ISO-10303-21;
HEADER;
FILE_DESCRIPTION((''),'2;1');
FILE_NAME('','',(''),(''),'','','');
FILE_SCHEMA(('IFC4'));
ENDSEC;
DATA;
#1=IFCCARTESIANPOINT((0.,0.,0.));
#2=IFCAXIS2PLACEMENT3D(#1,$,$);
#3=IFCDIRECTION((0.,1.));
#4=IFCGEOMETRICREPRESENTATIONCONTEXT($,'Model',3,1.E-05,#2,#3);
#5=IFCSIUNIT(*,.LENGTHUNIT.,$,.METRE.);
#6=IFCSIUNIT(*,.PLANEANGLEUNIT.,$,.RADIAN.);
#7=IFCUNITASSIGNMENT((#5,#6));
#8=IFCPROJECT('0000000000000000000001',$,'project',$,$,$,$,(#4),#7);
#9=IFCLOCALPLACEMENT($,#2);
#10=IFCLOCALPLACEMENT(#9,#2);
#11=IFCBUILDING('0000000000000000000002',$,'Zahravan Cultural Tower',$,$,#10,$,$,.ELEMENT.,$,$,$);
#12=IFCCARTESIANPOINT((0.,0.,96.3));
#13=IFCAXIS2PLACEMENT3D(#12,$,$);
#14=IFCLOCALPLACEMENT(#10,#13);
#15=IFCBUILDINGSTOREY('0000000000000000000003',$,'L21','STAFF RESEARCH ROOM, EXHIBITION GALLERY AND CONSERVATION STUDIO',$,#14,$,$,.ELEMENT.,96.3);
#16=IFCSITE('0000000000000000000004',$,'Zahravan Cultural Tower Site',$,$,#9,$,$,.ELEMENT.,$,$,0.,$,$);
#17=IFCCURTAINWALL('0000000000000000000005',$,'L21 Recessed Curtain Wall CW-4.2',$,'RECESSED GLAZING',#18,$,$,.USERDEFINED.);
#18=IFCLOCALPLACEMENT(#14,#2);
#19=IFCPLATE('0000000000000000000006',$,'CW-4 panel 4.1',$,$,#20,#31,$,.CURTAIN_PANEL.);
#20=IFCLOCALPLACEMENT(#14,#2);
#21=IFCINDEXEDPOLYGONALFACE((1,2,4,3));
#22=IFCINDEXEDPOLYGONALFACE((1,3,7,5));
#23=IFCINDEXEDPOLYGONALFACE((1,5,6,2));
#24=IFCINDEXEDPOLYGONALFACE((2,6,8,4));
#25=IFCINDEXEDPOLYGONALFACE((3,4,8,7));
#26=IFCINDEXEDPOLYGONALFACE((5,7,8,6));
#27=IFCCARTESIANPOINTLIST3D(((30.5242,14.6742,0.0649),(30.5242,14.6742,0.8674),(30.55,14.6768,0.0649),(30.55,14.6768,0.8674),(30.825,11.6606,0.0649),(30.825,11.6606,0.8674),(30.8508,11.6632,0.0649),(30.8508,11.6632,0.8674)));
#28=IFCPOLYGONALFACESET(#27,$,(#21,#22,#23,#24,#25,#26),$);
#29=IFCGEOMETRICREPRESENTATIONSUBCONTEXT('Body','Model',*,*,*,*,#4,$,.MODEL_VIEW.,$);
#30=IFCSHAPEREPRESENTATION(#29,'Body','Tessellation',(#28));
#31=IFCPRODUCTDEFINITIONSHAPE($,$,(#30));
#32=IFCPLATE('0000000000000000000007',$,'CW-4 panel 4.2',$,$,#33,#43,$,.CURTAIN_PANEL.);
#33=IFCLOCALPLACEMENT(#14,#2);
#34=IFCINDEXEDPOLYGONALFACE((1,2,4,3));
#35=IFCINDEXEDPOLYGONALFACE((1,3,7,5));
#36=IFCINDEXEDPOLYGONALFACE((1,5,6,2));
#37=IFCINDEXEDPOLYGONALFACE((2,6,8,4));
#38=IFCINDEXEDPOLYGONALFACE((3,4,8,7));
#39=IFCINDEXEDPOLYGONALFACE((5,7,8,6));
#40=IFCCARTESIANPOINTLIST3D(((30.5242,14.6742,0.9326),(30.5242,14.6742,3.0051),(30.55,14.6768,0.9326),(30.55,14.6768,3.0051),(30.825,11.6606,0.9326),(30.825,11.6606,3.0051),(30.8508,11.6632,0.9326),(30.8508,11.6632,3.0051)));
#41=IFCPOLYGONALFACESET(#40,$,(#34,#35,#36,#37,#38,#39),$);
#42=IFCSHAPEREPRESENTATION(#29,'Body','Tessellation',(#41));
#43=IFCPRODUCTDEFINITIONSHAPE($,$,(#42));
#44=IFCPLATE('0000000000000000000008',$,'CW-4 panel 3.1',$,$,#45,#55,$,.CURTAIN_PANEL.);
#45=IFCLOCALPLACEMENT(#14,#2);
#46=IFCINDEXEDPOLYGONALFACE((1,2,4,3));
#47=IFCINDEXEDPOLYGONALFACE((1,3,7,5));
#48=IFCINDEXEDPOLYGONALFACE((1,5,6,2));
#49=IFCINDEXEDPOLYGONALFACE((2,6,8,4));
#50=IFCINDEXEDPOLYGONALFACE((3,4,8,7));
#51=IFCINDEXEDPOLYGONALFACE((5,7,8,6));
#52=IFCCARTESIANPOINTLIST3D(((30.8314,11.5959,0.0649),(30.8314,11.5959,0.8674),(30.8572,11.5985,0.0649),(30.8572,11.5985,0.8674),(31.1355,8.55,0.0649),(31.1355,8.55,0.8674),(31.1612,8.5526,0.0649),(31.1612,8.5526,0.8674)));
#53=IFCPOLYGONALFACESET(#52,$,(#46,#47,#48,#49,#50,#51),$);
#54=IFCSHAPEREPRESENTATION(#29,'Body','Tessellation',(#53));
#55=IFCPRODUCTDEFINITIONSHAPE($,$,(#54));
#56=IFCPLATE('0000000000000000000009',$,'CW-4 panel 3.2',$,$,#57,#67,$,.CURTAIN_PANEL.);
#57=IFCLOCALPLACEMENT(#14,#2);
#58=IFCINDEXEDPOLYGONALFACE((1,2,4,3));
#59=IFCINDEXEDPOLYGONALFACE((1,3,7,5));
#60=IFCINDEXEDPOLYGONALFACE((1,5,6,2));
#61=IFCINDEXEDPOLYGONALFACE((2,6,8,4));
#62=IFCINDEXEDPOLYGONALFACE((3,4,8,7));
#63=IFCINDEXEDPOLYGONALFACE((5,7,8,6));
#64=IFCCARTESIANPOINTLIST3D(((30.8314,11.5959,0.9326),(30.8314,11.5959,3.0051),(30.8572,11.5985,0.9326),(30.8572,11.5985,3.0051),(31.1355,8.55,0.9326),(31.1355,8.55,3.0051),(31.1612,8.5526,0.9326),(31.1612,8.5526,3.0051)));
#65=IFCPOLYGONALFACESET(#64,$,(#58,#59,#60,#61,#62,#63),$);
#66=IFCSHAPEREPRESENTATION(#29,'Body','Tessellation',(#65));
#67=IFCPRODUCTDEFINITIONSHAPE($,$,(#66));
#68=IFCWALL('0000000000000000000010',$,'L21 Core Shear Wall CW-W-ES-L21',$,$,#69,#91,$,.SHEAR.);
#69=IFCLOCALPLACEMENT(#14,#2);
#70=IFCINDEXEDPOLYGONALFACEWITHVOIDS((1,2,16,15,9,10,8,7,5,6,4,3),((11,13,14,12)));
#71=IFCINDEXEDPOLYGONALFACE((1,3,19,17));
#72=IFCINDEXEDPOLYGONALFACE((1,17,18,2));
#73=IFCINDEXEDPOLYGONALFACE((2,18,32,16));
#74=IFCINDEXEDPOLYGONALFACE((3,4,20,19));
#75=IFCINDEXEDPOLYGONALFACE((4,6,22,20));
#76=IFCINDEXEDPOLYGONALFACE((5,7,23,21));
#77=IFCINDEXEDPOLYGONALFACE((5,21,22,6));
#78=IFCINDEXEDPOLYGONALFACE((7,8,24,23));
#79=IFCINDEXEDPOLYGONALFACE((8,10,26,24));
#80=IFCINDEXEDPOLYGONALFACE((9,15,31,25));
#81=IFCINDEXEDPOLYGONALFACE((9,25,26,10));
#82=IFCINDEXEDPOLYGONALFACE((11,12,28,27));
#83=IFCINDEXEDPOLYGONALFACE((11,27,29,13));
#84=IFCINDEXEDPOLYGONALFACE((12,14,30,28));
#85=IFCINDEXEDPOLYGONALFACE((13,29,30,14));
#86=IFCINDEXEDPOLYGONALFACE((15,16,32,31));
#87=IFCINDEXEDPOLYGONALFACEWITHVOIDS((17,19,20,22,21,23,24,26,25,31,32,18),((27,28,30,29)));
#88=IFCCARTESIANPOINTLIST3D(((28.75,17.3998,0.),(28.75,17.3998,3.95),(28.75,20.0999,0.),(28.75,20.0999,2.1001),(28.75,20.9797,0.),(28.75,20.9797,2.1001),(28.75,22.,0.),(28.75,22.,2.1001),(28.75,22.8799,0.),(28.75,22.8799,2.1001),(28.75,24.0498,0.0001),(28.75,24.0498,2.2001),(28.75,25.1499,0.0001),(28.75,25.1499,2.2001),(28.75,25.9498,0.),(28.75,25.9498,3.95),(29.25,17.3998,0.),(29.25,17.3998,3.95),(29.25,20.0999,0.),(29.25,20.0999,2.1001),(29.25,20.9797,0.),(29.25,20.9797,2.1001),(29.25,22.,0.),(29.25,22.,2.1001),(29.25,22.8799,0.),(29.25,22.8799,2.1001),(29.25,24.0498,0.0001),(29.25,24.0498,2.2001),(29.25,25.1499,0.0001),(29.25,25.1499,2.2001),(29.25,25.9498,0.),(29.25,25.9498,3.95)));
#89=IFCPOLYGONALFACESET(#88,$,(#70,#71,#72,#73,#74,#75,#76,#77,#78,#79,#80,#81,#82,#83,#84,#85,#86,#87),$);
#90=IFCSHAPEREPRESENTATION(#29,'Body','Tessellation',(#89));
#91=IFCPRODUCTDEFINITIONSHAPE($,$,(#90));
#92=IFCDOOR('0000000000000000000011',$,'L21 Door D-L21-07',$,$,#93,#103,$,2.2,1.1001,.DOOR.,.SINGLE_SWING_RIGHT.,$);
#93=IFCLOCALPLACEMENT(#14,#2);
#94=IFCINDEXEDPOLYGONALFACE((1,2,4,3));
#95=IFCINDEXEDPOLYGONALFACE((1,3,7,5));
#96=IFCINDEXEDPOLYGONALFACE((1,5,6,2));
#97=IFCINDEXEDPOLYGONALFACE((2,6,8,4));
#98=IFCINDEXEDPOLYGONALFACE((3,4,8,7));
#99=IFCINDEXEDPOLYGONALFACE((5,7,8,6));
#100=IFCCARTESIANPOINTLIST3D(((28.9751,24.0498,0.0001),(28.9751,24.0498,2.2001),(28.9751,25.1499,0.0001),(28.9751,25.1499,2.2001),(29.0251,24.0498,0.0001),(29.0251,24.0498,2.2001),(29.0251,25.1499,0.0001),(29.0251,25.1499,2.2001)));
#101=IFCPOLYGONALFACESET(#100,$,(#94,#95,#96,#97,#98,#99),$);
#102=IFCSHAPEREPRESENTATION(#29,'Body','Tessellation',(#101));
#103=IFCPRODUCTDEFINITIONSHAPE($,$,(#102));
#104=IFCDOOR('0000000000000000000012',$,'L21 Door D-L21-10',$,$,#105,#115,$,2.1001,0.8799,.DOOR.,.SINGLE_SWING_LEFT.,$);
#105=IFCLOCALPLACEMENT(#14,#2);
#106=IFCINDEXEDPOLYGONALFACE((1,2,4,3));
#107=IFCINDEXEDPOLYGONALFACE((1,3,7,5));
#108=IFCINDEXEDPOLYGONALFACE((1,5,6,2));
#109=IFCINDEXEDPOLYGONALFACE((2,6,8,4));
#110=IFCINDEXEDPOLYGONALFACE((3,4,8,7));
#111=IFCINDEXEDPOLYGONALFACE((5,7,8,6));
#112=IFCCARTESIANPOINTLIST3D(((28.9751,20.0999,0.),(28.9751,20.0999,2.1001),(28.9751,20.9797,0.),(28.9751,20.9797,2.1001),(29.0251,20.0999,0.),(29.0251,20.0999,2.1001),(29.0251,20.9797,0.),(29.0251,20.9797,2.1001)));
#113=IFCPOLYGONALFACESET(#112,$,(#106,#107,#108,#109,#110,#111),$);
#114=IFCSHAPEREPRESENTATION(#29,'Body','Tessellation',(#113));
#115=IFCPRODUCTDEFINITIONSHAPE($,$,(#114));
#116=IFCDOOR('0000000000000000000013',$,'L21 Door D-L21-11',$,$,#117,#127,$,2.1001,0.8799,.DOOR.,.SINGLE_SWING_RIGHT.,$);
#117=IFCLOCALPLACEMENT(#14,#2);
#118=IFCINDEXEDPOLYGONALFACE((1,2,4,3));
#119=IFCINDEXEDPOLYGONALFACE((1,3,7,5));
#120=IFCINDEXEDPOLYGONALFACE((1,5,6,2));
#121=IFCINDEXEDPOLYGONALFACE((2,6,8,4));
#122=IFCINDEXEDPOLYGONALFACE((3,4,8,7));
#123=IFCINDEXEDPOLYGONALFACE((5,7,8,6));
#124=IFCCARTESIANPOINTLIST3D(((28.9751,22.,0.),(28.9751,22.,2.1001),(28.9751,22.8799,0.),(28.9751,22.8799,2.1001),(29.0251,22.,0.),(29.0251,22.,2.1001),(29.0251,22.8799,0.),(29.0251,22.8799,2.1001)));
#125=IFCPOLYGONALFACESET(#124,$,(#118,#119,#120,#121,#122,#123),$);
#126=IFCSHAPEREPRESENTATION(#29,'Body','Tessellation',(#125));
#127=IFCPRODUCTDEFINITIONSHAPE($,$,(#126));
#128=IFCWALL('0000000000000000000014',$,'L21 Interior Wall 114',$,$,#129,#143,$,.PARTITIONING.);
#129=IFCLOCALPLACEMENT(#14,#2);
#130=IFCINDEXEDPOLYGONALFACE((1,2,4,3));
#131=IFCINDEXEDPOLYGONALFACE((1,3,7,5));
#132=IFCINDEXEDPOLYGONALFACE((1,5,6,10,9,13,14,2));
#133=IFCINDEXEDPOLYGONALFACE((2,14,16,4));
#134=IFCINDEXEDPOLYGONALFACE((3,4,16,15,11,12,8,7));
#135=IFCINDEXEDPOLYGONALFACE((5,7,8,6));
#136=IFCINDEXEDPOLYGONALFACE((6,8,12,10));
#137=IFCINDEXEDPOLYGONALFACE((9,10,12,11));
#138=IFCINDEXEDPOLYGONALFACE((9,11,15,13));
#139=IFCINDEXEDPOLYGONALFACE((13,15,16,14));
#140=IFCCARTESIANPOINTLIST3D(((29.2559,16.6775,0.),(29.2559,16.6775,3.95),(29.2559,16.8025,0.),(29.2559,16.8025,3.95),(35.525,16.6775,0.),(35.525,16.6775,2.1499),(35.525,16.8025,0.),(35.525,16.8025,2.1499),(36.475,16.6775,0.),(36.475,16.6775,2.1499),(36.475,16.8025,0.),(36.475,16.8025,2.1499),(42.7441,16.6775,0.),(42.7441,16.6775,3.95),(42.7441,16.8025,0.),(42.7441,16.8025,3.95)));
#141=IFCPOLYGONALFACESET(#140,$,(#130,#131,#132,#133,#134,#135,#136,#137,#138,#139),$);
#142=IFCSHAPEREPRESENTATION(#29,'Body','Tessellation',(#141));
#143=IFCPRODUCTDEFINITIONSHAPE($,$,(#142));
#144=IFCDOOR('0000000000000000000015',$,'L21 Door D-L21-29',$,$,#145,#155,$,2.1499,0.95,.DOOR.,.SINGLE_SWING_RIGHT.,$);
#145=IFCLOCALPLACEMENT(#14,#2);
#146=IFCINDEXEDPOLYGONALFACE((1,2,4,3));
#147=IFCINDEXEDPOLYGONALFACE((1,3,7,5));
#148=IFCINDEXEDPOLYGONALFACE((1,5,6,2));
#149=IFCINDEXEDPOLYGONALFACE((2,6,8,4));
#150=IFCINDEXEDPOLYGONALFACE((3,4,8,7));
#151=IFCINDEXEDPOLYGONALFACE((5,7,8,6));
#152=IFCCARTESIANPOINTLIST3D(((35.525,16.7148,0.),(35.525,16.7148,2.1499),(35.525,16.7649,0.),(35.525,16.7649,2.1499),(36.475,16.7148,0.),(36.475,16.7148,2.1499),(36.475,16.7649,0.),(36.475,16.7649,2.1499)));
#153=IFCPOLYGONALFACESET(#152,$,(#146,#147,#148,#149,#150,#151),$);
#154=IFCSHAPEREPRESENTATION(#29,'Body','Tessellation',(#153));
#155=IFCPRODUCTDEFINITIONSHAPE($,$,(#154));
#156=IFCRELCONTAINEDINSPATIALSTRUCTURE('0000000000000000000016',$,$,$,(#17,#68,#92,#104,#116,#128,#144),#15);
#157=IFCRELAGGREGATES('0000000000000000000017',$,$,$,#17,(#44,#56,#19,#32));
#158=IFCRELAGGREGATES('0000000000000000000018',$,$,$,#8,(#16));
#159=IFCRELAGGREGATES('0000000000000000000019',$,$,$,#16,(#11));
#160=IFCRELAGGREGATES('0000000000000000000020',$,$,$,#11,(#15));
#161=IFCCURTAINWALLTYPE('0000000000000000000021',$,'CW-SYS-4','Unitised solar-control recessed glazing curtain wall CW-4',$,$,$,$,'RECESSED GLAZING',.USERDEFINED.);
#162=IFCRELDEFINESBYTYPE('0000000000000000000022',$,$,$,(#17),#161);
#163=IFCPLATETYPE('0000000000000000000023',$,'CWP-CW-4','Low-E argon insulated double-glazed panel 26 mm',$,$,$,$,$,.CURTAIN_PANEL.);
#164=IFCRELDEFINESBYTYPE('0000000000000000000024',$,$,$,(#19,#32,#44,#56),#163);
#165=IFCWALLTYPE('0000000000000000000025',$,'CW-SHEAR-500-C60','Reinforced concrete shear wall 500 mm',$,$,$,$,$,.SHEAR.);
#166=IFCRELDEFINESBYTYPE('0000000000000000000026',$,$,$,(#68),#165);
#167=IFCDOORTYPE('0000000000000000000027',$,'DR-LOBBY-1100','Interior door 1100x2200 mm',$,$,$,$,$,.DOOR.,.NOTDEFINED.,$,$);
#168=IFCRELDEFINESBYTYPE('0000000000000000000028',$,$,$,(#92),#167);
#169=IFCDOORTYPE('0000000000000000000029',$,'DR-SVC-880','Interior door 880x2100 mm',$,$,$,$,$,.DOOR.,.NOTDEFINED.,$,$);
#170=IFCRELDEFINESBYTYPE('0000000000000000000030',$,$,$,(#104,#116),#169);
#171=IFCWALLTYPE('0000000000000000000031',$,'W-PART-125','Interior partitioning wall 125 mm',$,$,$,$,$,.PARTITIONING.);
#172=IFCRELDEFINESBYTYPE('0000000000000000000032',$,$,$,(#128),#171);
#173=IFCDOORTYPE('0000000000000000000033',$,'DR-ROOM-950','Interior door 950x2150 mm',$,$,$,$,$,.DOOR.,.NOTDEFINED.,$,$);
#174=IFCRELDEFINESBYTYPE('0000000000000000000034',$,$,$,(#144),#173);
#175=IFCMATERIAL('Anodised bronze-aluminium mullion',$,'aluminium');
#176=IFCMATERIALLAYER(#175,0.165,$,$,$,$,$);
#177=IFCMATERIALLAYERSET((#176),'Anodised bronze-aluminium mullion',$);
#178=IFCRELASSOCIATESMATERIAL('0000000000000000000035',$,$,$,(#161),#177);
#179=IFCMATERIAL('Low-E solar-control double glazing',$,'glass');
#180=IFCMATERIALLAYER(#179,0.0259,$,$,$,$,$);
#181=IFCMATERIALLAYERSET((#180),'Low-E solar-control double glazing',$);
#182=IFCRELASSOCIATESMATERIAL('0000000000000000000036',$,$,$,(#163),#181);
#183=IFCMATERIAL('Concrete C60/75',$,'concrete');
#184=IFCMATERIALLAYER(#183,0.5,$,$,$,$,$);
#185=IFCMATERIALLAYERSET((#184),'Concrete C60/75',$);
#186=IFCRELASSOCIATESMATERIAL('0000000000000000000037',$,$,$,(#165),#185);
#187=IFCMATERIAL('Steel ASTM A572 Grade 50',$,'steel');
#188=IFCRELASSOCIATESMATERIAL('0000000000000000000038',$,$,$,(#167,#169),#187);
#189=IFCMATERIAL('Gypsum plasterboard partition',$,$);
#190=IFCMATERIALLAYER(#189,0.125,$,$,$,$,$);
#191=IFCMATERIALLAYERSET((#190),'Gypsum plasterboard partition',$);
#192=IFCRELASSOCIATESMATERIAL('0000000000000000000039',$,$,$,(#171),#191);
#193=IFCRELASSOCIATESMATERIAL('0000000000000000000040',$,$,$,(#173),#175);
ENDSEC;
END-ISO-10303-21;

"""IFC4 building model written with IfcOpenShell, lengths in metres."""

from ifc_helpers import new_model, si_unit, direction, frame, frame_2d, origin, origin_2d, place, context, subcontext, project, spatial, rectangle, extrude, source, transform, mapped, material, layer, layer_set, type_object, element, fill, aggregate, save


model = new_model("IFC4")

# Units and contexts
model_context = context("Model", 3, precision=1e-05, world=origin(), true_north=direction((0.0, 1.0)))
body_context = subcontext(model_context, "Body", "Model", "MODEL_VIEW")
ifc_project = project(units=[si_unit("LENGTHUNIT", "METRE"), si_unit("PLANEANGLEUNIT", "RADIAN")], contexts=[model_context])

# Site, building, storey
site_placement = place(None, origin())
site = spatial("IfcSite", under=ifc_project, at=site_placement, Name="Zahravan Cultural Tower Site", CompositionType="ELEMENT", RefElevation=0.0)
building_placement = place(site_placement, origin())
building = spatial("IfcBuilding", under=site, at=building_placement, Name="Zahravan Cultural Tower", CompositionType="ELEMENT")
storey_placement = place(building_placement, frame((0.0, 0.0, 96.3)))
storey = spatial("IfcBuildingStorey", under=building, at=storey_placement, Name="L21", Description="STAFF RESEARCH ROOM, EXHIBITION GALLERY AND CONSERVATION STUDIO", CompositionType="ELEMENT", Elevation=96.3)

# Shared definitions
ifc_material_1 = material(Name="Concrete C60/75", Category="concrete")

# Curtain wall, plates
ifc_material_2 = material(Name="Anodised bronze-aluminium mullion", Category="aluminium")
ifc_layer_1 = layer(ifc_material_2, 0.165)
ifc_layer_set_1 = layer_set([ifc_layer_1], Name="Anodised bronze-aluminium mullion")
curtain_wall_type = type_object("IfcCurtainWallType", Name="CW-SYS-4", Description="Unitised solar-control recessed glazing curtain wall CW-4", ElementType="RECESSED GLAZING", PredefinedType="USERDEFINED", material=ifc_layer_set_1)
curtain_wall_placement = place(storey_placement, origin())
curtain_wall = element("IfcCurtainWall", 1, at=curtain_wall_placement, inside=storey, type_object=curtain_wall_type, Name="L21 Recessed Curtain Wall CW-4.2", ObjectType="RECESSED GLAZING", PredefinedType="USERDEFINED")
ifc_material_3 = material(Name="Low-E solar-control double glazing", Category="glass")
ifc_layer_2 = layer(ifc_material_3, 0.0259)
ifc_layer_set_2 = layer_set([ifc_layer_2], Name="Low-E solar-control double glazing")
plate_type = type_object("IfcPlateType", Name="CWP-CW-4", Description="Low-E argon insulated double-glazed panel 26 mm", PredefinedType="CURTAIN_PANEL", material=ifc_layer_set_2)
shared_shape_1 = source(origin(), body_context, "Body", "SweptSolid", [
    extrude(rectangle(XDim=3.0286, YDim=0.0259, at=origin_2d()), origin(), (0.0, 0.0, 1.0), 0.8025),
])
plate_1_placement = place(storey_placement, frame((30.6875, 13.1687, 0.0649), z_axis=(0.0, 0.0, 1.0), x_axis=(-0.099322, 0.995055, 0.0)))
plate_1 = element("IfcPlate", 2, at=plate_1_placement, type_object=plate_type, Name="CW-4 panel 4.1", PredefinedType="CURTAIN_PANEL", context=body_context, shape_type="MappedRepresentation", body=[
    mapped(shared_shape_1, transform((0.0, 0.0, 0.0), x_axis=(1.0, 0.0, 0.0), y_axis=(0.0, 1.0, 0.0), z_axis=(0.0, 0.0, 1.0), scale=1.0)),
])
shared_shape_2 = source(origin(), body_context, "Body", "SweptSolid", [
    extrude(rectangle(XDim=3.0286, YDim=0.0259, at=origin_2d()), origin(), (0.0, 0.0, 1.0), 2.0725),
])
plate_2_placement = place(storey_placement, frame((30.6875, 13.1687, 0.9326), z_axis=(0.0, 0.0, 1.0), x_axis=(-0.099322, 0.995055, 0.0)))
plate_2 = element("IfcPlate", 3, at=plate_2_placement, type_object=plate_type, Name="CW-4 panel 4.2", PredefinedType="CURTAIN_PANEL", context=body_context, shape_type="MappedRepresentation", body=[
    mapped(shared_shape_2, transform((0.0, 0.0, 0.0), x_axis=(1.0, 0.0, 0.0), y_axis=(0.0, 1.0, 0.0), z_axis=(0.0, 0.0, 1.0), scale=1.0)),
])
shared_shape_3 = source(origin(), body_context, "Body", "SweptSolid", [
    extrude(rectangle(XDim=3.061, YDim=0.0259, at=origin_2d()), origin(), (0.0, 0.0, 1.0), 0.8025),
])
plate_3_placement = place(storey_placement, frame((30.9963, 10.0742, 0.0649), z_axis=(0.0, 0.0, 1.0), x_axis=(-0.099322, 0.995055, 0.0)))
plate_3 = element("IfcPlate", 4, at=plate_3_placement, type_object=plate_type, Name="CW-4 panel 3.1", PredefinedType="CURTAIN_PANEL", context=body_context, shape_type="MappedRepresentation", body=[
    mapped(shared_shape_3, transform((0.0, 0.0, 0.0), x_axis=(1.0, 0.0, 0.0), y_axis=(0.0, 1.0, 0.0), z_axis=(0.0, 0.0, 1.0), scale=1.0)),
])
shared_shape_4 = source(origin(), body_context, "Body", "SweptSolid", [
    extrude(rectangle(XDim=3.061, YDim=0.0259, at=origin_2d()), origin(), (0.0, 0.0, 1.0), 2.0725),
])
plate_4_placement = place(storey_placement, frame((30.9963, 10.0742, 0.9326), z_axis=(0.0, 0.0, 1.0), x_axis=(-0.099322, 0.995055, 0.0)))
plate_4 = element("IfcPlate", 5, at=plate_4_placement, type_object=plate_type, Name="CW-4 panel 3.2", PredefinedType="CURTAIN_PANEL", context=body_context, shape_type="MappedRepresentation", body=[
    mapped(shared_shape_4, transform((0.0, 0.0, 0.0), x_axis=(1.0, 0.0, 0.0), y_axis=(0.0, 1.0, 0.0), z_axis=(0.0, 0.0, 1.0), scale=1.0)),
])
aggregate(curtain_wall, [plate_3, plate_4, plate_1, plate_2])

# Wall, openings, doors
ifc_layer_3 = layer(ifc_material_1, 0.5)
ifc_layer_set_3 = layer_set([ifc_layer_3], Name="Concrete C60/75")
wall_type_1 = type_object("IfcWallType", Name="CW-SHEAR-500-C60", Description="Reinforced concrete shear wall 500 mm", PredefinedType="SHEAR", material=ifc_layer_set_3)
wall_1_placement = place(storey_placement, frame((29.0, 17.3999, 0.0), z_axis=(0.0, 0.0, 1.0), x_axis=(0.0, 1.0, 0.0)))
wall_1 = element("IfcWall", 6, at=wall_1_placement, inside=storey, type_object=wall_type_1, Name="L21 Core Shear Wall CW-W-ES-L21", PredefinedType="SHEAR", context=body_context, shape_type="SweptSolid", body=[
    extrude(rectangle(XDim=8.55, YDim=0.5, at=frame_2d((4.2749, 0.0))), origin(), (0.0, 0.0, 1.0), 3.95),
])
opening_1_placement = place(wall_1_placement, frame((6.6499, 0.0, 0.0)))
opening_1 = element("IfcOpeningElement", 7, at=opening_1_placement, cuts=wall_1, PredefinedType="OPENING", context=body_context, shape_type="SweptSolid", body=[
    extrude(rectangle(XDim=1.1001, YDim=2.2, at=frame_2d((0.55, 1.1001))), frame((0.0, 0.26, 0.0), z_axis=(0.0, -1.0, 0.0), x_axis=(1.0, 0.0, 0.0)), (0.0, 0.0, 1.0), 0.52),
])
opening_2_placement = place(wall_1_placement, frame((2.7, 0.0, 0.0)))
opening_2 = element("IfcOpeningElement", 8, at=opening_2_placement, cuts=wall_1, PredefinedType="OPENING", context=body_context, shape_type="SweptSolid", body=[
    extrude(rectangle(XDim=0.8799, YDim=2.1001, at=frame_2d((0.4399, 1.05))), frame((0.0, 0.26, 0.0), z_axis=(0.0, -1.0, 0.0), x_axis=(1.0, 0.0, 0.0)), (0.0, 0.0, 1.0), 0.52),
])
opening_3_placement = place(wall_1_placement, frame((4.6001, 0.0, 0.0)))
opening_3 = element("IfcOpeningElement", 9, at=opening_3_placement, cuts=wall_1, PredefinedType="OPENING", context=body_context, shape_type="SweptSolid", body=[
    extrude(rectangle(XDim=0.8799, YDim=2.1001, at=frame_2d((0.4399, 1.05))), frame((0.0, 0.26, 0.0), z_axis=(0.0, -1.0, 0.0), x_axis=(1.0, 0.0, 0.0)), (0.0, 0.0, 1.0), 0.52),
])
ifc_material_4 = material(Name="Steel ASTM A572 Grade 50", Category="steel")
door_type_1 = type_object("IfcDoorType", Name="DR-LOBBY-1100", Description="Interior door 1100x2200 mm", OperationType="NOTDEFINED", PredefinedType="DOOR", material=ifc_material_4)
shared_shape_5 = source(origin(), body_context, "Body", "SweptSolid", [
    extrude(rectangle(XDim=1.1001, YDim=2.2, at=frame_2d((0.55, 1.1001))), frame((0.0, 0.0249, 0.0), z_axis=(0.0, -1.0, 0.0), x_axis=(1.0, 0.0, 0.0)), (0.0, 0.0, 1.0), 0.05),
])
door_1_placement = place(opening_1_placement, origin())
door_1 = element("IfcDoor", 10, at=door_1_placement, inside=storey, type_object=door_type_1, Name="L21 Door D-L21-07", OperationType="SINGLE_SWING_RIGHT", OverallHeight=2.2, OverallWidth=1.1001, PredefinedType="DOOR", context=body_context, shape_type="MappedRepresentation", body=[
    mapped(shared_shape_5, transform((0.0, 0.0, 0.0), x_axis=(1.0, 0.0, 0.0), y_axis=(0.0, 1.0, 0.0), z_axis=(0.0, 0.0, 1.0), scale=1.0)),
])
fill(opening_1, door_1)
door_type_2 = type_object("IfcDoorType", Name="DR-SVC-880", Description="Interior door 880x2100 mm", OperationType="NOTDEFINED", PredefinedType="DOOR", material=ifc_material_4)
shared_shape_6 = source(origin(), body_context, "Body", "SweptSolid", [
    extrude(rectangle(XDim=0.8799, YDim=2.1001, at=frame_2d((0.4399, 1.05))), frame((0.0, 0.0249, 0.0), z_axis=(0.0, -1.0, 0.0), x_axis=(1.0, 0.0, 0.0)), (0.0, 0.0, 1.0), 0.05),
])
door_2_placement = place(opening_2_placement, origin())
door_2 = element("IfcDoor", 11, at=door_2_placement, inside=storey, type_object=door_type_2, Name="L21 Door D-L21-10", OperationType="SINGLE_SWING_LEFT", OverallHeight=2.1001, OverallWidth=0.8799, PredefinedType="DOOR", context=body_context, shape_type="MappedRepresentation", body=[
    mapped(shared_shape_6, transform((0.0, 0.0, 0.0), x_axis=(1.0, 0.0, 0.0), y_axis=(0.0, 1.0, 0.0), z_axis=(0.0, 0.0, 1.0), scale=1.0)),
])
fill(opening_2, door_2)
door_3_placement = place(opening_3_placement, origin())
door_3 = element("IfcDoor", 12, at=door_3_placement, inside=storey, type_object=door_type_2, Name="L21 Door D-L21-11", OperationType="SINGLE_SWING_RIGHT", OverallHeight=2.1001, OverallWidth=0.8799, PredefinedType="DOOR", context=body_context, shape_type="MappedRepresentation", body=[
    mapped(shared_shape_6, transform((0.0, 0.0, 0.0), x_axis=(1.0, 0.0, 0.0), y_axis=(0.0, 1.0, 0.0), z_axis=(0.0, 0.0, 1.0), scale=1.0)),
])
fill(opening_3, door_3)

# Wall, opening, door
ifc_material_5 = material(Name="Gypsum plasterboard partition")
ifc_layer_4 = layer(ifc_material_5, 0.125)
ifc_layer_set_4 = layer_set([ifc_layer_4], Name="Gypsum plasterboard partition")
wall_type_2 = type_object("IfcWallType", Name="W-PART-125", Description="Interior partitioning wall 125 mm", PredefinedType="PARTITIONING", material=ifc_layer_set_4)
wall_2_placement = place(storey_placement, frame((29.2559, 16.74, 0.0), z_axis=(0.0, 0.0, 1.0), x_axis=(1.0, 0.0, 0.0)))
wall_2 = element("IfcWall", 13, at=wall_2_placement, inside=storey, type_object=wall_type_2, Name="L21 Interior Wall 114", PredefinedType="PARTITIONING", context=body_context, shape_type="SweptSolid", body=[
    extrude(rectangle(XDim=13.4883, YDim=0.125, at=frame_2d((6.7441, 0.0))), origin(), (0.0, 0.0, 1.0), 3.95),
])
opening_4_placement = place(wall_2_placement, frame((6.269, 0.0, 0.0)))
opening_4 = element("IfcOpeningElement", 14, at=opening_4_placement, cuts=wall_2, PredefinedType="OPENING", context=body_context, shape_type="SweptSolid", body=[
    extrude(rectangle(XDim=0.95, YDim=2.1499, at=frame_2d((0.4751, 1.075))), frame((0.0, 0.0725, 0.0), z_axis=(0.0, -1.0, 0.0), x_axis=(1.0, 0.0, 0.0)), (0.0, 0.0, 1.0), 0.145),
])
door_type_3 = type_object("IfcDoorType", Name="DR-ROOM-950", Description="Interior door 950x2150 mm", OperationType="NOTDEFINED", PredefinedType="DOOR", material=ifc_material_2)
shared_shape_7 = source(origin(), body_context, "Body", "SweptSolid", [
    extrude(rectangle(XDim=0.95, YDim=2.1499, at=frame_2d((0.4751, 1.075))), frame((0.0, 0.0249, 0.0), z_axis=(0.0, -1.0, 0.0), x_axis=(1.0, 0.0, 0.0)), (0.0, 0.0, 1.0), 0.05),
])
door_4_placement = place(opening_4_placement, origin())
door_4 = element("IfcDoor", 15, at=door_4_placement, inside=storey, type_object=door_type_3, Name="L21 Door D-L21-29", OperationType="SINGLE_SWING_RIGHT", OverallHeight=2.1499, OverallWidth=0.95, PredefinedType="DOOR", context=body_context, shape_type="MappedRepresentation", body=[
    mapped(shared_shape_7, transform((0.0, 0.0, 0.0), x_axis=(1.0, 0.0, 0.0), y_axis=(0.0, 1.0, 0.0), z_axis=(0.0, 0.0, 1.0), scale=1.0)),
])
fill(opening_4, door_4)

save(model, "model.ifc")
